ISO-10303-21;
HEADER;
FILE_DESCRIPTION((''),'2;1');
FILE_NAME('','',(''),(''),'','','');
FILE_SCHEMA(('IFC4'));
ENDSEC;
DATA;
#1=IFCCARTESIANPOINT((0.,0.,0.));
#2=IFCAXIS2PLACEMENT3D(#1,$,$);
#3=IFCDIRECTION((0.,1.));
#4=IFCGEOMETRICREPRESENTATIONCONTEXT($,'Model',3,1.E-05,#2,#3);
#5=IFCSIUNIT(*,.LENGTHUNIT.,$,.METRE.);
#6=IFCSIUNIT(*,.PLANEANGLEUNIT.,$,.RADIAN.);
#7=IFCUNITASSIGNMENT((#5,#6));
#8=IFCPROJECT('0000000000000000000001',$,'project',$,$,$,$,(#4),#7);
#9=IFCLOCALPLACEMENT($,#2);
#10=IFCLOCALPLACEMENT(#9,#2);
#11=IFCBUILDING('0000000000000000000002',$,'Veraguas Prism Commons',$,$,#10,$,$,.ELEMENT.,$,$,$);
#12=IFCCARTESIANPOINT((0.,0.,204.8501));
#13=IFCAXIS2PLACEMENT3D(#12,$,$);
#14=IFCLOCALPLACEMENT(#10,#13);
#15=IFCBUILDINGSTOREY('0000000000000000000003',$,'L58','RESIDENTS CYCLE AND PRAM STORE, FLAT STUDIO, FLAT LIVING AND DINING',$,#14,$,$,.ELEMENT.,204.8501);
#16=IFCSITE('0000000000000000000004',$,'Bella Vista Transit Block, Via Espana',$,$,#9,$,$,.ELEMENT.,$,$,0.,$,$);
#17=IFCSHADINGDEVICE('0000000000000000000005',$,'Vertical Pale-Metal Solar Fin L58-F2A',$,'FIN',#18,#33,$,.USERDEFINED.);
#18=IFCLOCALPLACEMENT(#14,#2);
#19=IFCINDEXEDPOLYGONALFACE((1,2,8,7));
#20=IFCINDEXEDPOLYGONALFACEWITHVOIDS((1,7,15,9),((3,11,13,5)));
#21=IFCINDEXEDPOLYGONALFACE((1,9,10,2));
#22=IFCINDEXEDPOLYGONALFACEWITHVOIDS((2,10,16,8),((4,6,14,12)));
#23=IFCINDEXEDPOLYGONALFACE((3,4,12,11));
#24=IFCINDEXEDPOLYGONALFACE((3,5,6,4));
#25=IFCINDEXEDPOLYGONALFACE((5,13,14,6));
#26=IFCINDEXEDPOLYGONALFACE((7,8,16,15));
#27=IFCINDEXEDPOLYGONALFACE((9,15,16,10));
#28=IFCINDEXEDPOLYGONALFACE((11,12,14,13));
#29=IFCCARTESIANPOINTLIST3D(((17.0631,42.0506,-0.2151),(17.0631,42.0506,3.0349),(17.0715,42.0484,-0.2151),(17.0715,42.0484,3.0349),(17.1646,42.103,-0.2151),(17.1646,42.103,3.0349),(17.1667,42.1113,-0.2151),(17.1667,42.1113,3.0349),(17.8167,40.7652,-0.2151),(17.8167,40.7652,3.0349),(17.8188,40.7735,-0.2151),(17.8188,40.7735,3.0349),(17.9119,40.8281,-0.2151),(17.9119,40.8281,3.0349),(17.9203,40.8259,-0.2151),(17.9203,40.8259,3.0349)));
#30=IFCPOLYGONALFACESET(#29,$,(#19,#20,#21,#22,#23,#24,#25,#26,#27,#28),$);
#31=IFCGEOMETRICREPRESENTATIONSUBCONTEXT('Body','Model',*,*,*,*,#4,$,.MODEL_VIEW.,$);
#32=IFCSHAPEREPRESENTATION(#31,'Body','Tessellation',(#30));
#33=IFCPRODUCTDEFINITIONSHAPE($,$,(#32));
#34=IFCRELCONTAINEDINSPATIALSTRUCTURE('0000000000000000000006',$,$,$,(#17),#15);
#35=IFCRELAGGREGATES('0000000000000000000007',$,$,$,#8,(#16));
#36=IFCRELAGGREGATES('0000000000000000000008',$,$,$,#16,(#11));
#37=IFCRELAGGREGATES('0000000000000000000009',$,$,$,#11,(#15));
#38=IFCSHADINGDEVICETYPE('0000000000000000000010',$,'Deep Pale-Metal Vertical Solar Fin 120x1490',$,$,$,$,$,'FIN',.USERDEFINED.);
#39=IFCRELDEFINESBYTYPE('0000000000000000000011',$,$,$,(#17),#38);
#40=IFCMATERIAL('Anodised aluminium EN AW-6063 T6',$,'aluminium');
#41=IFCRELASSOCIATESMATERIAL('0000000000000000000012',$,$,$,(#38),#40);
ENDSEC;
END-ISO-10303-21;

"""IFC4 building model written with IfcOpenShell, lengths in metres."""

from ifc_helpers import new_model, si_unit, direction, frame, origin, origin_2d, place, context, subcontext, project, spatial, hollow_rectangle, extrude, material, material_profile, profile_set, type_object, element, save


model = new_model("IFC4")

# Units and contexts
model_context = context("Model", 3, precision=1e-05, world=origin(), true_north=direction((0.0, 1.0)))
body_context = subcontext(model_context, "Body", "Model", "MODEL_VIEW")
ifc_project = project(units=[si_unit("LENGTHUNIT", "METRE"), si_unit("PLANEANGLEUNIT", "RADIAN")], contexts=[model_context])

# Site, building, storey
site_placement = place(None, origin())
site = spatial("IfcSite", under=ifc_project, at=site_placement, Name="Bella Vista Transit Block, Via Espana", CompositionType="ELEMENT", RefElevation=0.0)
building_placement = place(site_placement, origin())
building = spatial("IfcBuilding", under=site, at=building_placement, Name="Veraguas Prism Commons", CompositionType="ELEMENT")
storey_placement = place(building_placement, frame((0.0, 0.0, 204.8501)))
storey = spatial("IfcBuildingStorey", under=building, at=storey_placement, Name="L58", Description="RESIDENTS CYCLE AND PRAM STORE, FLAT STUDIO, FLAT LIVING AND DINING", CompositionType="ELEMENT", Elevation=204.8501)

# Shared definitions
ifc_material_1 = material(Name="Anodised aluminium EN AW-6063 T6", Category="aluminium")

# Shading device
ifc_material_profile_1 = material_profile(ifc_material_1, hollow_rectangle(XDim=0.1201, YDim=1.49, WallThickness=0.0061, at=origin_2d()), Name="FIN120X1490X6")
ifc_profile_set_1 = profile_set([ifc_material_profile_1], Name="Anodised aluminium EN AW-6063 T6")
shading_device_type = type_object("IfcShadingDeviceType", Name="Deep Pale-Metal Vertical Solar Fin 120x1490", ElementType="FIN", PredefinedType="USERDEFINED", material=ifc_profile_set_1)
shading_device_placement = place(storey_placement, frame((17.4917, 41.4382, -0.2151), z_axis=(0.0, 0.0, 1.0), x_axis=(-0.862689, -0.505734, 0.0)))
element("IfcShadingDevice", 1, at=shading_device_placement, inside=storey, type_object=shading_device_type, Name="Vertical Pale-Metal Solar Fin L58-F2A", ObjectType="FIN", PredefinedType="USERDEFINED", context=body_context, shape_type="SweptSolid", body=[
    extrude(hollow_rectangle(XDim=0.1201, YDim=1.49, WallThickness=0.0061, at=origin_2d()), origin(), (0.0, 0.0, 1.0), 3.25),
])

save(model, "model.ifc")
